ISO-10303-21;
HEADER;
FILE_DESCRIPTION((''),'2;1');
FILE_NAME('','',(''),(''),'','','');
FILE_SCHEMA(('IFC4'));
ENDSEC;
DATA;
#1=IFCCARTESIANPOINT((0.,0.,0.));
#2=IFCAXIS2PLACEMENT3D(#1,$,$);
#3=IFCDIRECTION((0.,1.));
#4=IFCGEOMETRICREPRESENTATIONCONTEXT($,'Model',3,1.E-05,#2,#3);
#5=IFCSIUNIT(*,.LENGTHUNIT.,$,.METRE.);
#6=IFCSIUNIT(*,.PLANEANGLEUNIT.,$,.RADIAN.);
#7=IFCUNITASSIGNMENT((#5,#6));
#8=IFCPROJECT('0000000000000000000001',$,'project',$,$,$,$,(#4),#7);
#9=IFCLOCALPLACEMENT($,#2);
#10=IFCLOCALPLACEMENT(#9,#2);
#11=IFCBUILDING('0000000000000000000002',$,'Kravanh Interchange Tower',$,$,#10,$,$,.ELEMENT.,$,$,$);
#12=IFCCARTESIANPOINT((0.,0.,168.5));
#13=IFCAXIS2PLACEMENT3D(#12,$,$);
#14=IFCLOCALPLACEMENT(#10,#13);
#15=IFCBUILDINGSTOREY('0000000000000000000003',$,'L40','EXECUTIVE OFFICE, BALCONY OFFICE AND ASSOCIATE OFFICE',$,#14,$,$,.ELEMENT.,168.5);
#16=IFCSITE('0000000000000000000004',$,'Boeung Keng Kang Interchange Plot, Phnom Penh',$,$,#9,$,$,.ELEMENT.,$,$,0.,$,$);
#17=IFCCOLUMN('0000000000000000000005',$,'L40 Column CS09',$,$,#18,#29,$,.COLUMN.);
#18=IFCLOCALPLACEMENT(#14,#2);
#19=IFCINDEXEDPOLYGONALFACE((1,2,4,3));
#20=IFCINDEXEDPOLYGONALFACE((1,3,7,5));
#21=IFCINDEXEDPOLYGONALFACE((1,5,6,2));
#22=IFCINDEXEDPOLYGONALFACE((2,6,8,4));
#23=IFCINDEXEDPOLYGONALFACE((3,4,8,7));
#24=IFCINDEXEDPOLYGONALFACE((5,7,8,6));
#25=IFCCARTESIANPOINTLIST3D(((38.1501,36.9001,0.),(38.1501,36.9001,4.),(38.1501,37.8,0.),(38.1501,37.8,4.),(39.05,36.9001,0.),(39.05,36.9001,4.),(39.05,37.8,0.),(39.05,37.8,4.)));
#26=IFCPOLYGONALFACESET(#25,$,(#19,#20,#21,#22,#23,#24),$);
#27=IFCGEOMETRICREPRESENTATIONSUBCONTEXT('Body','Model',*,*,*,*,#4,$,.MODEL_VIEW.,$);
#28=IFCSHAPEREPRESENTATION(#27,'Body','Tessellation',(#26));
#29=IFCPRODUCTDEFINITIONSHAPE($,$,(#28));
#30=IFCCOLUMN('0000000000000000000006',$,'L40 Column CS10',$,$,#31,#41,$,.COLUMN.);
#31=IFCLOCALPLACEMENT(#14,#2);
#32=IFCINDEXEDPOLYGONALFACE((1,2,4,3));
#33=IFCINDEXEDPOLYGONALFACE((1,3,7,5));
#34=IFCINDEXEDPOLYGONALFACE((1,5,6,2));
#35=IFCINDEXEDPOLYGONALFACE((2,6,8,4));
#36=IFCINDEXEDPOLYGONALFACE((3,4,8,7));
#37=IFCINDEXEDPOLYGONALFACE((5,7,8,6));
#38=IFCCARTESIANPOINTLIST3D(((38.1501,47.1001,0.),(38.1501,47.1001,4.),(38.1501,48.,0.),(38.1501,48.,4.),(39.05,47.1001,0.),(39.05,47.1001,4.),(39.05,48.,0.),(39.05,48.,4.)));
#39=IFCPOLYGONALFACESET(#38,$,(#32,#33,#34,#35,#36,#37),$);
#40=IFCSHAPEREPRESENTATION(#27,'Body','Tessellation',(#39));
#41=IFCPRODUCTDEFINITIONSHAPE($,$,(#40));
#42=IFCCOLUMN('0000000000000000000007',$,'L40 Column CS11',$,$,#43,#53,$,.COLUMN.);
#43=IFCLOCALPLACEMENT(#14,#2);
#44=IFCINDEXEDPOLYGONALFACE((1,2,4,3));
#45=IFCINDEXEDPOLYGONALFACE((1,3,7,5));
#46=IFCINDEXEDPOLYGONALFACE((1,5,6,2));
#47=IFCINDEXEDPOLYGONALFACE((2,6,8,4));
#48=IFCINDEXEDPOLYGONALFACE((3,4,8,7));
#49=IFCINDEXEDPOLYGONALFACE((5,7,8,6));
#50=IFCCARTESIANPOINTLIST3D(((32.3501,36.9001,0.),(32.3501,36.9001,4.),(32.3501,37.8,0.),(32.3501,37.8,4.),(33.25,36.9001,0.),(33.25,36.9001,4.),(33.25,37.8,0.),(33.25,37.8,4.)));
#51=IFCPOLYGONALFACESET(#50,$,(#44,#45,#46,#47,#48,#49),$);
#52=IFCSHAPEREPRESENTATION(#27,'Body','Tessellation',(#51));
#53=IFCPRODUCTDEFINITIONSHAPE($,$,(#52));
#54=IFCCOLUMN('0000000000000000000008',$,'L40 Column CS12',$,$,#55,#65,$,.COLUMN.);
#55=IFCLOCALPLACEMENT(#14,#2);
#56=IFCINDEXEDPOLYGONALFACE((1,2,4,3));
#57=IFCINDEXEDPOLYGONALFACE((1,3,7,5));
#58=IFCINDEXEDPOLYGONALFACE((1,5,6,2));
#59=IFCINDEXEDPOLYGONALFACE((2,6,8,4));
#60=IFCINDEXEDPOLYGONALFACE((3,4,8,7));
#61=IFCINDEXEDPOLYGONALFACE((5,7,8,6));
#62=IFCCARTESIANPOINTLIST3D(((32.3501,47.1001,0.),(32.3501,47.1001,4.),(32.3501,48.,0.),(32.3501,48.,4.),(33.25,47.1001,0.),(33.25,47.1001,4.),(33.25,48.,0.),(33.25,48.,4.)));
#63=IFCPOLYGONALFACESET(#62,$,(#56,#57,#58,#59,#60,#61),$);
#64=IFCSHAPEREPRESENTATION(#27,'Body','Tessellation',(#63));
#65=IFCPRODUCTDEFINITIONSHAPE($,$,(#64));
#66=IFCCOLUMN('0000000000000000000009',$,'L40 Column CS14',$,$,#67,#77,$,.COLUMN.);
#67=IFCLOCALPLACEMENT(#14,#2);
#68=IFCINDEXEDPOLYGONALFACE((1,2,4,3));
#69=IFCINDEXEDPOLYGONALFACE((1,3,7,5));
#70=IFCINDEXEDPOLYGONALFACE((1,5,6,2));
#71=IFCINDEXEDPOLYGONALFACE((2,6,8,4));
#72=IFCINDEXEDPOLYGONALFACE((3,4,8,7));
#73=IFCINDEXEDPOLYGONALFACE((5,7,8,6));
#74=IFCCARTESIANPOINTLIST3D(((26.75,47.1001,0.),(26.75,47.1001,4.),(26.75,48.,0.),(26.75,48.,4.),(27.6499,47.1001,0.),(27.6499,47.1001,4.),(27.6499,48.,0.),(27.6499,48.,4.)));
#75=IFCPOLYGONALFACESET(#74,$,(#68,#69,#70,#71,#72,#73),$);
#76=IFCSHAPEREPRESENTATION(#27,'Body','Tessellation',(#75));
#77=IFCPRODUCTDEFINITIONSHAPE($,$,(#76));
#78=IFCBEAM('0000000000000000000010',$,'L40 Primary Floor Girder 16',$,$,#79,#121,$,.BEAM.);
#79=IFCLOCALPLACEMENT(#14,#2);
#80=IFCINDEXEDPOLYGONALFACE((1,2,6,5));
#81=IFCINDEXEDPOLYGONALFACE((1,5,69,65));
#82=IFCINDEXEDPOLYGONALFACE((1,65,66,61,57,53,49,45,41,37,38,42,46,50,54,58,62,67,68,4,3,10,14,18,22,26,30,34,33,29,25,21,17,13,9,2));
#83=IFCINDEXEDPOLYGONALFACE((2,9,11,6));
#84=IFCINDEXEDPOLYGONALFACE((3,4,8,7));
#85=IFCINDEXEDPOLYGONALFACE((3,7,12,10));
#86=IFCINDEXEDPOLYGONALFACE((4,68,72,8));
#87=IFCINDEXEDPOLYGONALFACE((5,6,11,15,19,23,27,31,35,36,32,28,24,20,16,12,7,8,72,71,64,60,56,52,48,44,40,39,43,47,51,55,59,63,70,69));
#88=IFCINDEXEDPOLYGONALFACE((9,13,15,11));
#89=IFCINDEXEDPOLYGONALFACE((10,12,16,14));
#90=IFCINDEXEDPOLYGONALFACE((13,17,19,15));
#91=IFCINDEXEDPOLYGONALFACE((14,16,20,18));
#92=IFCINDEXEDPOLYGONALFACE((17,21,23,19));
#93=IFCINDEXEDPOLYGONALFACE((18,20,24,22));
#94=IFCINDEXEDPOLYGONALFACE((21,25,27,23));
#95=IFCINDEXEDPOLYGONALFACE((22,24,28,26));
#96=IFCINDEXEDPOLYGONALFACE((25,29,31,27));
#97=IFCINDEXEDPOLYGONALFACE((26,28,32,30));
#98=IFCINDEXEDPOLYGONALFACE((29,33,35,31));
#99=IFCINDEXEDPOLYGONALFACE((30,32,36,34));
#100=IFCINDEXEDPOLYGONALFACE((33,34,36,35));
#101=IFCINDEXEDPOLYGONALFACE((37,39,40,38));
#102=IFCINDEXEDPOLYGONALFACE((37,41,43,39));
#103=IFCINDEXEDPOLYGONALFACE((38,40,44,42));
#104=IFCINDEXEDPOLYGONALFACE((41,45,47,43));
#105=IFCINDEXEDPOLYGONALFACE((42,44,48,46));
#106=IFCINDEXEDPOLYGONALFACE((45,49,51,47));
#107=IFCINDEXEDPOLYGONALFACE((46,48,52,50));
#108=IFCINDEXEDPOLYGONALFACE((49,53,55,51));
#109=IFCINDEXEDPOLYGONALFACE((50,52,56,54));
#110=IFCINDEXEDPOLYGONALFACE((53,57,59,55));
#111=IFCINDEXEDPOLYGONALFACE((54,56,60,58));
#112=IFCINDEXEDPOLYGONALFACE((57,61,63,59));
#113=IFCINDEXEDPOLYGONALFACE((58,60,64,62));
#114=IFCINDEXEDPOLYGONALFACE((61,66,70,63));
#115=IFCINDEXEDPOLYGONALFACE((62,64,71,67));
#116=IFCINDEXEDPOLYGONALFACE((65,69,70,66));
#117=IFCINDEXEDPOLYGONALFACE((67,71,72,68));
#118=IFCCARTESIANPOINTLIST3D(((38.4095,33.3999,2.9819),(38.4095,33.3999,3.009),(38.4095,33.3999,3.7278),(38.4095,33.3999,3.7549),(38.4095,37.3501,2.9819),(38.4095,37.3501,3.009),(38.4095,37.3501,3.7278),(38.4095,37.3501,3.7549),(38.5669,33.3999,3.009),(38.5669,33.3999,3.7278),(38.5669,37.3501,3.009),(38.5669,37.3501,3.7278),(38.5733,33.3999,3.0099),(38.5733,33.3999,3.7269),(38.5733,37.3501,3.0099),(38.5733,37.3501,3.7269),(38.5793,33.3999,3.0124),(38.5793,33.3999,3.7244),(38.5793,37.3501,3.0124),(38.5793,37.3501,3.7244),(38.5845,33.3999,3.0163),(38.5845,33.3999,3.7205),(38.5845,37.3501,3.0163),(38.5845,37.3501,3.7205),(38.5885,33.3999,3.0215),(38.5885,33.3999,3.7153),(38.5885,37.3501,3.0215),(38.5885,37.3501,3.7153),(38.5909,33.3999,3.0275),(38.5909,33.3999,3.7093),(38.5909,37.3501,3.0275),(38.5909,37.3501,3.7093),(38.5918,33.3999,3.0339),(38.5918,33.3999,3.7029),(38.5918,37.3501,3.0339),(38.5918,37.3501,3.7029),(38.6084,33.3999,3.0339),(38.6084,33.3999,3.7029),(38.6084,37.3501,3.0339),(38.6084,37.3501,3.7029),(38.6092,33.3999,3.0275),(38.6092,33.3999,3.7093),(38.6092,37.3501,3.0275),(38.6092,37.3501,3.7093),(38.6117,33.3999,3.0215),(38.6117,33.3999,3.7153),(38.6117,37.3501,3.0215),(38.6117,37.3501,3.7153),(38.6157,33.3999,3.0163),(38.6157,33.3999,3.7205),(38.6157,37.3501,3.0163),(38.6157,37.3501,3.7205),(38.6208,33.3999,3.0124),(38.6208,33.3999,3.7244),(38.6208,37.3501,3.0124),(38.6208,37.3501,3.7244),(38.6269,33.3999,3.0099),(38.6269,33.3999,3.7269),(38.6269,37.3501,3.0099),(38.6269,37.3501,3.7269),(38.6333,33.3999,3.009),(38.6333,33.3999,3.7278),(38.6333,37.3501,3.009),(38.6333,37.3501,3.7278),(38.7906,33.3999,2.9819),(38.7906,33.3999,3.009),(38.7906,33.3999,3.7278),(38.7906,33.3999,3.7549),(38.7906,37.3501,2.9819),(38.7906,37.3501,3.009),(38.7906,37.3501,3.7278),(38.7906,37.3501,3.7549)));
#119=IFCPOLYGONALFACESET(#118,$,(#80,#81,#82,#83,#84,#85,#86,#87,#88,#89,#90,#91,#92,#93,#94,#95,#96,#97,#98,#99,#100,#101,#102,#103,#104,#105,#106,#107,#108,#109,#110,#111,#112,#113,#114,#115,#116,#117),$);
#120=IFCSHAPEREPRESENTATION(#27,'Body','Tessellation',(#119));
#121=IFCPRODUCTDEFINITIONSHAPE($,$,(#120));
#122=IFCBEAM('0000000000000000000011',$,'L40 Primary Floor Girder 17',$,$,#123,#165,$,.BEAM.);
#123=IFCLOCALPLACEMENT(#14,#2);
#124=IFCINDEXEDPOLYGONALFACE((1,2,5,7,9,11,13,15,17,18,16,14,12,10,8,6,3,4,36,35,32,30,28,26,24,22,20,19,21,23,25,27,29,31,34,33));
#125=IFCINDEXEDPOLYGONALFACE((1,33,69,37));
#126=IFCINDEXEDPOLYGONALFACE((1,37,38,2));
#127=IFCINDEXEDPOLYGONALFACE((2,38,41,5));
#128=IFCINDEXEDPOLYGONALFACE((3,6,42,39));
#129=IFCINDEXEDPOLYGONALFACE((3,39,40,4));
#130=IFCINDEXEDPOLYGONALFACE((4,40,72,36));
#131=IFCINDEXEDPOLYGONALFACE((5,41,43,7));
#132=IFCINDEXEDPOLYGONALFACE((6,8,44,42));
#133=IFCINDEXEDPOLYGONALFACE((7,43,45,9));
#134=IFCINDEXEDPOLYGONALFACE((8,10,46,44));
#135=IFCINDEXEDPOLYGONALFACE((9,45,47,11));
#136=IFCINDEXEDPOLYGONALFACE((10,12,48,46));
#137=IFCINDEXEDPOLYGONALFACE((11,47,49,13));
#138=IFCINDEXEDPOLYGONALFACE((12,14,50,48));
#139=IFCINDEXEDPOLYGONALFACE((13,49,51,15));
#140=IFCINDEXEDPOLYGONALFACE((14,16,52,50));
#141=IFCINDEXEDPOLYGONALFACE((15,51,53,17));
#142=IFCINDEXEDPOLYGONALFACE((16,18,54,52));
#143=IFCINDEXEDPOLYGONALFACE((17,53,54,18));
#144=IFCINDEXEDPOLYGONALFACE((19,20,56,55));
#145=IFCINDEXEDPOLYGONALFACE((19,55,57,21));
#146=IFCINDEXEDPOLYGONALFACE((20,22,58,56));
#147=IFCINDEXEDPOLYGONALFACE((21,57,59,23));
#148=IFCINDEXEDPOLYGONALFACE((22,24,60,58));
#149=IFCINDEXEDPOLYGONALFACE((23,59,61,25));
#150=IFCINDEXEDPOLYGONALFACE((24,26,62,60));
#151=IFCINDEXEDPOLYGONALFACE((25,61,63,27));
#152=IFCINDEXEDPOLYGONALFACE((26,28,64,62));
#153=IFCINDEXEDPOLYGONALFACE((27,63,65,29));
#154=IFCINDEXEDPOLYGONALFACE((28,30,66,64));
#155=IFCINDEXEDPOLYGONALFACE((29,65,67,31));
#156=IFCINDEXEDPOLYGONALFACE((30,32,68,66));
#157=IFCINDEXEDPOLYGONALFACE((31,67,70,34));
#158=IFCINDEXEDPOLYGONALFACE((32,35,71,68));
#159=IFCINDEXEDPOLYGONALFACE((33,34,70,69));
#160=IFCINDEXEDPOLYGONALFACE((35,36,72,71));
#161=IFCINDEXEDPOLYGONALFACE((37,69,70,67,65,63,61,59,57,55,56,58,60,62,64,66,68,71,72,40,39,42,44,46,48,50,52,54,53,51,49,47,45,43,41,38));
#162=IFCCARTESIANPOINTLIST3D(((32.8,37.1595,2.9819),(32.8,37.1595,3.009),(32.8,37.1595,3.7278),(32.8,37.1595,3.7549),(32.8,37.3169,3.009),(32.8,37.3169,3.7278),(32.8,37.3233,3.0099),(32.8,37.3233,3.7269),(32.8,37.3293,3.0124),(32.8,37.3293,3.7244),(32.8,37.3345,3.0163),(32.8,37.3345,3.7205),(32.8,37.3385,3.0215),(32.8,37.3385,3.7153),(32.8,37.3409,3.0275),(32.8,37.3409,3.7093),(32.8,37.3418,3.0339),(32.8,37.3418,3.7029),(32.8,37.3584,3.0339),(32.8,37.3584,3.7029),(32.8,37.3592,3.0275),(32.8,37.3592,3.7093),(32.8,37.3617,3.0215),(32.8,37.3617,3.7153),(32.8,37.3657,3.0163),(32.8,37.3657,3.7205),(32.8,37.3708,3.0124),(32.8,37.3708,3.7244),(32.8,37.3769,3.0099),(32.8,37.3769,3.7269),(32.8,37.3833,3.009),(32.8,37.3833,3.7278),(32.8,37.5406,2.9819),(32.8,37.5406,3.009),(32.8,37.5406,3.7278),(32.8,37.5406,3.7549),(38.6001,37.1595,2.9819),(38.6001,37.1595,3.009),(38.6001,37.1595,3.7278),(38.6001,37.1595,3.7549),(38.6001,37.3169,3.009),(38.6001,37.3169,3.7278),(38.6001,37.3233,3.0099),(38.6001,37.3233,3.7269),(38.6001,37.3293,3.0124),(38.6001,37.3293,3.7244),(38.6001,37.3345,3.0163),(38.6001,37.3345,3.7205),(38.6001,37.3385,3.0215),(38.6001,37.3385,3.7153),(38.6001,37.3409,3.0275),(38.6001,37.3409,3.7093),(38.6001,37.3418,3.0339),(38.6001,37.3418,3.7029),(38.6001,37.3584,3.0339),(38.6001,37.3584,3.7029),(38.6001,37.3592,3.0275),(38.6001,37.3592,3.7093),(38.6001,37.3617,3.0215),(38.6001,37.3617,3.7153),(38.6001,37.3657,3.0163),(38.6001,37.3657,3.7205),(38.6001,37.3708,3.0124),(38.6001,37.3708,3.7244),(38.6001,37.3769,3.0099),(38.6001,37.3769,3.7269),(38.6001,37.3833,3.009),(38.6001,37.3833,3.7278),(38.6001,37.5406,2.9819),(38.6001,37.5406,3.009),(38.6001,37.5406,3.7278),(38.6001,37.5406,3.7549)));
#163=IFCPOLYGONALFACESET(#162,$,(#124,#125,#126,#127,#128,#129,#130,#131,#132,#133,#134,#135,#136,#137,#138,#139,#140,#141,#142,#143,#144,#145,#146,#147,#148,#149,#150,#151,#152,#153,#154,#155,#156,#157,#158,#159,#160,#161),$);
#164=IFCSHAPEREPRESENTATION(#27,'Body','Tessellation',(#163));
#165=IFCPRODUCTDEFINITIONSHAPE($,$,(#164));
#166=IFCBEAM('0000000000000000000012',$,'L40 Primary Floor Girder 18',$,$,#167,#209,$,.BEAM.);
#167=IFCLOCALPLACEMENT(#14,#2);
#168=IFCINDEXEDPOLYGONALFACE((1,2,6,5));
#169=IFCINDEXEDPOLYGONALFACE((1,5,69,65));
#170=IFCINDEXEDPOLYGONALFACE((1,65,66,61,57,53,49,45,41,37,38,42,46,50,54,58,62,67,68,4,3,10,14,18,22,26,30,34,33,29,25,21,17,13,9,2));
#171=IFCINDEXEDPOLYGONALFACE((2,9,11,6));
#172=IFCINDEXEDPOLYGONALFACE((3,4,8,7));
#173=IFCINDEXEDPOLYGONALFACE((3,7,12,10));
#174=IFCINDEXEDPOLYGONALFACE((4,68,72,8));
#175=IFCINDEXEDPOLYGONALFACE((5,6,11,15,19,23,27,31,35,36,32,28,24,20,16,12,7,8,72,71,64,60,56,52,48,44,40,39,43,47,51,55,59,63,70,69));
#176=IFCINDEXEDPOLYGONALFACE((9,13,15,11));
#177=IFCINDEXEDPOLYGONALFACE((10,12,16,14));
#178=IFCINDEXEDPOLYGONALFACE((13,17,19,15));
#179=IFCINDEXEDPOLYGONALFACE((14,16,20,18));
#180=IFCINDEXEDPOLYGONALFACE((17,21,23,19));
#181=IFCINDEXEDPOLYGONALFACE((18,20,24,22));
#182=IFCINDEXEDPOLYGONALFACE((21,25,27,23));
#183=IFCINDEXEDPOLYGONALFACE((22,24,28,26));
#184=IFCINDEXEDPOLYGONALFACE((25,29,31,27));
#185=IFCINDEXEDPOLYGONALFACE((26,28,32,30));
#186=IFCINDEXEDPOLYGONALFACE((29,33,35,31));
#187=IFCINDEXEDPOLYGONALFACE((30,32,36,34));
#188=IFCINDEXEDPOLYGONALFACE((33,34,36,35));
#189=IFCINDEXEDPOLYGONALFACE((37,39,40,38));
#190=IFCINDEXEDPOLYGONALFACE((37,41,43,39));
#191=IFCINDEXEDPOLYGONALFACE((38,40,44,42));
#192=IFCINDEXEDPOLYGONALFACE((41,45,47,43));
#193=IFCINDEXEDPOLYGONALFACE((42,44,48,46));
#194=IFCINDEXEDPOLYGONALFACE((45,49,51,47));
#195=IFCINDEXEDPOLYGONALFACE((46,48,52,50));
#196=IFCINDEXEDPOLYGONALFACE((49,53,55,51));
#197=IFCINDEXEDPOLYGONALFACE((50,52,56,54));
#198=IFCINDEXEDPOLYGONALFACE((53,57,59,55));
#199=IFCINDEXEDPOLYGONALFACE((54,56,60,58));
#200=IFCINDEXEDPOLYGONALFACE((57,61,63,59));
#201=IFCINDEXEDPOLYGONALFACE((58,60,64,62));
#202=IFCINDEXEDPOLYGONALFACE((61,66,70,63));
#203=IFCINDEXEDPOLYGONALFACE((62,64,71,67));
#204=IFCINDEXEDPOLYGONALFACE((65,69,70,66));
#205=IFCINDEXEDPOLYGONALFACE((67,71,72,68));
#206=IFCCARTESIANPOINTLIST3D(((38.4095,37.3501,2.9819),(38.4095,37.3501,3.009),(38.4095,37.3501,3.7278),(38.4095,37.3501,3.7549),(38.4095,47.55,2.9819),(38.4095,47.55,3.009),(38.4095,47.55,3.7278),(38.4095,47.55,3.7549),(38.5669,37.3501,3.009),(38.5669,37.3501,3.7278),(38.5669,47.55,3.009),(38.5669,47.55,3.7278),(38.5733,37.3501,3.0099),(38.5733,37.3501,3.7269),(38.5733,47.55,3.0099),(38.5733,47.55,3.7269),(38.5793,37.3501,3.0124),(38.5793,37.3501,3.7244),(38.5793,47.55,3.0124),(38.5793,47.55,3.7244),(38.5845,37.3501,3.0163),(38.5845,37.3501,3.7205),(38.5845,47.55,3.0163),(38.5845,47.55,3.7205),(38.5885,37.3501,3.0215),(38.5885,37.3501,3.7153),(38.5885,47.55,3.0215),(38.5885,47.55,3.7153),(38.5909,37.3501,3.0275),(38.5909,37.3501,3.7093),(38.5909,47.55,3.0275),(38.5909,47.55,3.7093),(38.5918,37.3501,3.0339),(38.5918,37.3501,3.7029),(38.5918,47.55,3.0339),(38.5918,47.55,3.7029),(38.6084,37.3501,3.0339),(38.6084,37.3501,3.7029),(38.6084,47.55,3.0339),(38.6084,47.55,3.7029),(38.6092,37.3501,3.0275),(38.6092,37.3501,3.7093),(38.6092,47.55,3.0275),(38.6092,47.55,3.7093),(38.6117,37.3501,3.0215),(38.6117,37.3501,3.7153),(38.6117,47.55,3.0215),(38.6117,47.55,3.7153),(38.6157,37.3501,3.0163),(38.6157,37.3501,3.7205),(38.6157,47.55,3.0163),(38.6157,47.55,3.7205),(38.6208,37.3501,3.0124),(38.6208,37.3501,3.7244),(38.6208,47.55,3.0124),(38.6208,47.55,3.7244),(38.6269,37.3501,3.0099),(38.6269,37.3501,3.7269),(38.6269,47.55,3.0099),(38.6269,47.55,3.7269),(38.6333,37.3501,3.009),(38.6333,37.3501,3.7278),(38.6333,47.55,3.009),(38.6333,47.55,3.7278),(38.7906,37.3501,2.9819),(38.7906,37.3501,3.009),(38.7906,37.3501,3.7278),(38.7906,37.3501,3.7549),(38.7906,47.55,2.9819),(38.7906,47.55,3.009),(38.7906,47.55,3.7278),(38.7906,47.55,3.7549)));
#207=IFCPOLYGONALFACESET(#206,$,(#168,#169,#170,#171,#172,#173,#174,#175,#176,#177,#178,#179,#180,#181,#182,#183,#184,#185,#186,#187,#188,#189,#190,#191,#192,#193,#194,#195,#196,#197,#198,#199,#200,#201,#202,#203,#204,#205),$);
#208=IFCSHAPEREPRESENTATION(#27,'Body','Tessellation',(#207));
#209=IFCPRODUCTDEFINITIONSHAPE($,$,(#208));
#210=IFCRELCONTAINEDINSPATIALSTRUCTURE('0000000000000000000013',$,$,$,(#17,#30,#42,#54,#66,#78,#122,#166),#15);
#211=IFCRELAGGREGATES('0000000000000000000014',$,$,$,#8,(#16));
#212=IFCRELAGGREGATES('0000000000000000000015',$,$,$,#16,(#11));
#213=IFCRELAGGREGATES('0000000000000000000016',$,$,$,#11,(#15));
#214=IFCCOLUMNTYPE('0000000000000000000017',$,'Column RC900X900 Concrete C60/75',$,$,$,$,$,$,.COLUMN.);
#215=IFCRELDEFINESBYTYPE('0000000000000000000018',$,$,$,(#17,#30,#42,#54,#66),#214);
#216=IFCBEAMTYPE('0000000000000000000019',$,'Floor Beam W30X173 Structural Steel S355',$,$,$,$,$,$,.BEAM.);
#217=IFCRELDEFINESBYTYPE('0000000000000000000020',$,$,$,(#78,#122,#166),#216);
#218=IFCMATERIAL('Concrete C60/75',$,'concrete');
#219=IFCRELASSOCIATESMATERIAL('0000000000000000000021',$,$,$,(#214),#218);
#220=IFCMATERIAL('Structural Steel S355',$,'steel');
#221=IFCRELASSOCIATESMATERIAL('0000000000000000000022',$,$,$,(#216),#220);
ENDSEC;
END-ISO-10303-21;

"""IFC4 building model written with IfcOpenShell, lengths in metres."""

from ifc_helpers import new_model, si_unit, direction, frame, origin, origin_2d, place, context, subcontext, project, spatial, rectangle, i_section, extrude, material, material_profile, profile_set, type_object, element, save


model = new_model("IFC4")

# Units and contexts
model_context = context("Model", 3, precision=1e-05, world=origin(), true_north=direction((0.0, 1.0)))
body_context = subcontext(model_context, "Body", "Model", "MODEL_VIEW")
ifc_project = project(units=[si_unit("LENGTHUNIT", "METRE"), si_unit("PLANEANGLEUNIT", "RADIAN")], contexts=[model_context])

# Site, building, storey
site_placement = place(None, origin())
site = spatial("IfcSite", under=ifc_project, at=site_placement, Name="Boeung Keng Kang Interchange Plot, Phnom Penh", CompositionType="ELEMENT", RefElevation=0.0)
building_placement = place(site_placement, origin())
building = spatial("IfcBuilding", under=site, at=building_placement, Name="Kravanh Interchange Tower", CompositionType="ELEMENT")
storey_placement = place(building_placement, frame((0.0, 0.0, 168.5)))
storey = spatial("IfcBuildingStorey", under=building, at=storey_placement, Name="L40", Description="EXECUTIVE OFFICE, BALCONY OFFICE AND ASSOCIATE OFFICE", CompositionType="ELEMENT", Elevation=168.5)

# Columns
ifc_material_1 = material(Name="Concrete C60/75", Category="concrete")
ifc_material_profile_1 = material_profile(ifc_material_1, rectangle(XDim=0.8999, YDim=0.8999, at=origin_2d()), Name="RC900X900")
ifc_profile_set_1 = profile_set([ifc_material_profile_1], Name="Concrete C60/75")
column_type = type_object("IfcColumnType", Name="Column RC900X900 Concrete C60/75", PredefinedType="COLUMN", material=ifc_profile_set_1)
for number, where, z_axis, x_axis, name in (
    (1, (38.6001, 37.3501, 0.0), (0.0, 0.0, 1.0), (1.0, 0.0, 0.0), "L40 Column CS09"),
    (2, (38.6001, 47.55, 0.0), (0.0, 0.0, 1.0), (1.0, 0.0, 0.0), "L40 Column CS10"),
    (3, (32.8, 37.3501, 0.0), (0.0, 0.0, 1.0), (1.0, 0.0, 0.0), "L40 Column CS11"),
    (4, (32.8, 47.55, 0.0), (0.0, 0.0, 1.0), (1.0, 0.0, 0.0), "L40 Column CS12"),
    (5, (27.2, 47.55, 0.0), (0.0, 0.0, 1.0), (1.0, 0.0, 0.0), "L40 Column CS14"),
):
    element("IfcColumn", number, at=place(storey_placement, frame(where, z_axis=z_axis, x_axis=x_axis)), inside=storey, type_object=column_type, Name=name, PredefinedType="COLUMN", context=body_context, shape_type="SweptSolid", body=[
        extrude(rectangle(XDim=0.8999, YDim=0.8999, at=origin_2d()), origin(), (0.0, 0.0, 1.0), 4.0),
    ])

# Beams
ifc_material_2 = material(Name="Structural Steel S355", Category="steel")
ifc_material_profile_2 = material_profile(ifc_material_2, i_section(OverallWidth=0.3811, OverallDepth=0.7729, WebThickness=0.0166, FlangeThickness=0.0271, FilletRadius=0.0249, at=origin_2d()), Name="W30X173")
ifc_profile_set_2 = profile_set([ifc_material_profile_2], Name="Structural Steel S355")
beam_type = type_object("IfcBeamType", Name="Floor Beam W30X173 Structural Steel S355", PredefinedType="BEAM", material=ifc_profile_set_2)
beam_1_placement = place(storey_placement, frame((38.6001, 37.3501, 3.3684), z_axis=(0.0, -1.0, 0.0), x_axis=(1.0, 0.0, 0.0)))
element("IfcBeam", 6, at=beam_1_placement, inside=storey, type_object=beam_type, Name="L40 Primary Floor Girder 16", PredefinedType="BEAM", context=body_context, shape_type="SweptSolid", body=[
    extrude(i_section(OverallWidth=0.3811, OverallDepth=0.7729, WebThickness=0.0166, FlangeThickness=0.0271, FilletRadius=0.0249, at=origin_2d()), origin(), (0.0, 0.0, 1.0), 3.9502),
])
beam_2_placement = place(storey_placement, frame((38.6001, 37.3501, 3.3684), z_axis=(-1.0, 0.0, 0.0), x_axis=(0.0, -1.0, 0.0)))
element("IfcBeam", 7, at=beam_2_placement, inside=storey, type_object=beam_type, Name="L40 Primary Floor Girder 17", PredefinedType="BEAM", context=body_context, shape_type="SweptSolid", body=[
    extrude(i_section(OverallWidth=0.3811, OverallDepth=0.7729, WebThickness=0.0166, FlangeThickness=0.0271, FilletRadius=0.0249, at=origin_2d()), origin(), (0.0, 0.0, 1.0), 5.8),
])
beam_3_placement = place(storey_placement, frame((38.6001, 37.3501, 3.3684), z_axis=(0.0, 1.0, 0.0), x_axis=(-1.0, 0.0, 0.0)))
element("IfcBeam", 8, at=beam_3_placement, inside=storey, type_object=beam_type, Name="L40 Primary Floor Girder 18", PredefinedType="BEAM", context=body_context, shape_type="SweptSolid", body=[
    extrude(i_section(OverallWidth=0.3811, OverallDepth=0.7729, WebThickness=0.0166, FlangeThickness=0.0271, FilletRadius=0.0249, at=origin_2d()), origin(), (0.0, 0.0, 1.0), 10.2),
])

save(model, "model.ifc")
